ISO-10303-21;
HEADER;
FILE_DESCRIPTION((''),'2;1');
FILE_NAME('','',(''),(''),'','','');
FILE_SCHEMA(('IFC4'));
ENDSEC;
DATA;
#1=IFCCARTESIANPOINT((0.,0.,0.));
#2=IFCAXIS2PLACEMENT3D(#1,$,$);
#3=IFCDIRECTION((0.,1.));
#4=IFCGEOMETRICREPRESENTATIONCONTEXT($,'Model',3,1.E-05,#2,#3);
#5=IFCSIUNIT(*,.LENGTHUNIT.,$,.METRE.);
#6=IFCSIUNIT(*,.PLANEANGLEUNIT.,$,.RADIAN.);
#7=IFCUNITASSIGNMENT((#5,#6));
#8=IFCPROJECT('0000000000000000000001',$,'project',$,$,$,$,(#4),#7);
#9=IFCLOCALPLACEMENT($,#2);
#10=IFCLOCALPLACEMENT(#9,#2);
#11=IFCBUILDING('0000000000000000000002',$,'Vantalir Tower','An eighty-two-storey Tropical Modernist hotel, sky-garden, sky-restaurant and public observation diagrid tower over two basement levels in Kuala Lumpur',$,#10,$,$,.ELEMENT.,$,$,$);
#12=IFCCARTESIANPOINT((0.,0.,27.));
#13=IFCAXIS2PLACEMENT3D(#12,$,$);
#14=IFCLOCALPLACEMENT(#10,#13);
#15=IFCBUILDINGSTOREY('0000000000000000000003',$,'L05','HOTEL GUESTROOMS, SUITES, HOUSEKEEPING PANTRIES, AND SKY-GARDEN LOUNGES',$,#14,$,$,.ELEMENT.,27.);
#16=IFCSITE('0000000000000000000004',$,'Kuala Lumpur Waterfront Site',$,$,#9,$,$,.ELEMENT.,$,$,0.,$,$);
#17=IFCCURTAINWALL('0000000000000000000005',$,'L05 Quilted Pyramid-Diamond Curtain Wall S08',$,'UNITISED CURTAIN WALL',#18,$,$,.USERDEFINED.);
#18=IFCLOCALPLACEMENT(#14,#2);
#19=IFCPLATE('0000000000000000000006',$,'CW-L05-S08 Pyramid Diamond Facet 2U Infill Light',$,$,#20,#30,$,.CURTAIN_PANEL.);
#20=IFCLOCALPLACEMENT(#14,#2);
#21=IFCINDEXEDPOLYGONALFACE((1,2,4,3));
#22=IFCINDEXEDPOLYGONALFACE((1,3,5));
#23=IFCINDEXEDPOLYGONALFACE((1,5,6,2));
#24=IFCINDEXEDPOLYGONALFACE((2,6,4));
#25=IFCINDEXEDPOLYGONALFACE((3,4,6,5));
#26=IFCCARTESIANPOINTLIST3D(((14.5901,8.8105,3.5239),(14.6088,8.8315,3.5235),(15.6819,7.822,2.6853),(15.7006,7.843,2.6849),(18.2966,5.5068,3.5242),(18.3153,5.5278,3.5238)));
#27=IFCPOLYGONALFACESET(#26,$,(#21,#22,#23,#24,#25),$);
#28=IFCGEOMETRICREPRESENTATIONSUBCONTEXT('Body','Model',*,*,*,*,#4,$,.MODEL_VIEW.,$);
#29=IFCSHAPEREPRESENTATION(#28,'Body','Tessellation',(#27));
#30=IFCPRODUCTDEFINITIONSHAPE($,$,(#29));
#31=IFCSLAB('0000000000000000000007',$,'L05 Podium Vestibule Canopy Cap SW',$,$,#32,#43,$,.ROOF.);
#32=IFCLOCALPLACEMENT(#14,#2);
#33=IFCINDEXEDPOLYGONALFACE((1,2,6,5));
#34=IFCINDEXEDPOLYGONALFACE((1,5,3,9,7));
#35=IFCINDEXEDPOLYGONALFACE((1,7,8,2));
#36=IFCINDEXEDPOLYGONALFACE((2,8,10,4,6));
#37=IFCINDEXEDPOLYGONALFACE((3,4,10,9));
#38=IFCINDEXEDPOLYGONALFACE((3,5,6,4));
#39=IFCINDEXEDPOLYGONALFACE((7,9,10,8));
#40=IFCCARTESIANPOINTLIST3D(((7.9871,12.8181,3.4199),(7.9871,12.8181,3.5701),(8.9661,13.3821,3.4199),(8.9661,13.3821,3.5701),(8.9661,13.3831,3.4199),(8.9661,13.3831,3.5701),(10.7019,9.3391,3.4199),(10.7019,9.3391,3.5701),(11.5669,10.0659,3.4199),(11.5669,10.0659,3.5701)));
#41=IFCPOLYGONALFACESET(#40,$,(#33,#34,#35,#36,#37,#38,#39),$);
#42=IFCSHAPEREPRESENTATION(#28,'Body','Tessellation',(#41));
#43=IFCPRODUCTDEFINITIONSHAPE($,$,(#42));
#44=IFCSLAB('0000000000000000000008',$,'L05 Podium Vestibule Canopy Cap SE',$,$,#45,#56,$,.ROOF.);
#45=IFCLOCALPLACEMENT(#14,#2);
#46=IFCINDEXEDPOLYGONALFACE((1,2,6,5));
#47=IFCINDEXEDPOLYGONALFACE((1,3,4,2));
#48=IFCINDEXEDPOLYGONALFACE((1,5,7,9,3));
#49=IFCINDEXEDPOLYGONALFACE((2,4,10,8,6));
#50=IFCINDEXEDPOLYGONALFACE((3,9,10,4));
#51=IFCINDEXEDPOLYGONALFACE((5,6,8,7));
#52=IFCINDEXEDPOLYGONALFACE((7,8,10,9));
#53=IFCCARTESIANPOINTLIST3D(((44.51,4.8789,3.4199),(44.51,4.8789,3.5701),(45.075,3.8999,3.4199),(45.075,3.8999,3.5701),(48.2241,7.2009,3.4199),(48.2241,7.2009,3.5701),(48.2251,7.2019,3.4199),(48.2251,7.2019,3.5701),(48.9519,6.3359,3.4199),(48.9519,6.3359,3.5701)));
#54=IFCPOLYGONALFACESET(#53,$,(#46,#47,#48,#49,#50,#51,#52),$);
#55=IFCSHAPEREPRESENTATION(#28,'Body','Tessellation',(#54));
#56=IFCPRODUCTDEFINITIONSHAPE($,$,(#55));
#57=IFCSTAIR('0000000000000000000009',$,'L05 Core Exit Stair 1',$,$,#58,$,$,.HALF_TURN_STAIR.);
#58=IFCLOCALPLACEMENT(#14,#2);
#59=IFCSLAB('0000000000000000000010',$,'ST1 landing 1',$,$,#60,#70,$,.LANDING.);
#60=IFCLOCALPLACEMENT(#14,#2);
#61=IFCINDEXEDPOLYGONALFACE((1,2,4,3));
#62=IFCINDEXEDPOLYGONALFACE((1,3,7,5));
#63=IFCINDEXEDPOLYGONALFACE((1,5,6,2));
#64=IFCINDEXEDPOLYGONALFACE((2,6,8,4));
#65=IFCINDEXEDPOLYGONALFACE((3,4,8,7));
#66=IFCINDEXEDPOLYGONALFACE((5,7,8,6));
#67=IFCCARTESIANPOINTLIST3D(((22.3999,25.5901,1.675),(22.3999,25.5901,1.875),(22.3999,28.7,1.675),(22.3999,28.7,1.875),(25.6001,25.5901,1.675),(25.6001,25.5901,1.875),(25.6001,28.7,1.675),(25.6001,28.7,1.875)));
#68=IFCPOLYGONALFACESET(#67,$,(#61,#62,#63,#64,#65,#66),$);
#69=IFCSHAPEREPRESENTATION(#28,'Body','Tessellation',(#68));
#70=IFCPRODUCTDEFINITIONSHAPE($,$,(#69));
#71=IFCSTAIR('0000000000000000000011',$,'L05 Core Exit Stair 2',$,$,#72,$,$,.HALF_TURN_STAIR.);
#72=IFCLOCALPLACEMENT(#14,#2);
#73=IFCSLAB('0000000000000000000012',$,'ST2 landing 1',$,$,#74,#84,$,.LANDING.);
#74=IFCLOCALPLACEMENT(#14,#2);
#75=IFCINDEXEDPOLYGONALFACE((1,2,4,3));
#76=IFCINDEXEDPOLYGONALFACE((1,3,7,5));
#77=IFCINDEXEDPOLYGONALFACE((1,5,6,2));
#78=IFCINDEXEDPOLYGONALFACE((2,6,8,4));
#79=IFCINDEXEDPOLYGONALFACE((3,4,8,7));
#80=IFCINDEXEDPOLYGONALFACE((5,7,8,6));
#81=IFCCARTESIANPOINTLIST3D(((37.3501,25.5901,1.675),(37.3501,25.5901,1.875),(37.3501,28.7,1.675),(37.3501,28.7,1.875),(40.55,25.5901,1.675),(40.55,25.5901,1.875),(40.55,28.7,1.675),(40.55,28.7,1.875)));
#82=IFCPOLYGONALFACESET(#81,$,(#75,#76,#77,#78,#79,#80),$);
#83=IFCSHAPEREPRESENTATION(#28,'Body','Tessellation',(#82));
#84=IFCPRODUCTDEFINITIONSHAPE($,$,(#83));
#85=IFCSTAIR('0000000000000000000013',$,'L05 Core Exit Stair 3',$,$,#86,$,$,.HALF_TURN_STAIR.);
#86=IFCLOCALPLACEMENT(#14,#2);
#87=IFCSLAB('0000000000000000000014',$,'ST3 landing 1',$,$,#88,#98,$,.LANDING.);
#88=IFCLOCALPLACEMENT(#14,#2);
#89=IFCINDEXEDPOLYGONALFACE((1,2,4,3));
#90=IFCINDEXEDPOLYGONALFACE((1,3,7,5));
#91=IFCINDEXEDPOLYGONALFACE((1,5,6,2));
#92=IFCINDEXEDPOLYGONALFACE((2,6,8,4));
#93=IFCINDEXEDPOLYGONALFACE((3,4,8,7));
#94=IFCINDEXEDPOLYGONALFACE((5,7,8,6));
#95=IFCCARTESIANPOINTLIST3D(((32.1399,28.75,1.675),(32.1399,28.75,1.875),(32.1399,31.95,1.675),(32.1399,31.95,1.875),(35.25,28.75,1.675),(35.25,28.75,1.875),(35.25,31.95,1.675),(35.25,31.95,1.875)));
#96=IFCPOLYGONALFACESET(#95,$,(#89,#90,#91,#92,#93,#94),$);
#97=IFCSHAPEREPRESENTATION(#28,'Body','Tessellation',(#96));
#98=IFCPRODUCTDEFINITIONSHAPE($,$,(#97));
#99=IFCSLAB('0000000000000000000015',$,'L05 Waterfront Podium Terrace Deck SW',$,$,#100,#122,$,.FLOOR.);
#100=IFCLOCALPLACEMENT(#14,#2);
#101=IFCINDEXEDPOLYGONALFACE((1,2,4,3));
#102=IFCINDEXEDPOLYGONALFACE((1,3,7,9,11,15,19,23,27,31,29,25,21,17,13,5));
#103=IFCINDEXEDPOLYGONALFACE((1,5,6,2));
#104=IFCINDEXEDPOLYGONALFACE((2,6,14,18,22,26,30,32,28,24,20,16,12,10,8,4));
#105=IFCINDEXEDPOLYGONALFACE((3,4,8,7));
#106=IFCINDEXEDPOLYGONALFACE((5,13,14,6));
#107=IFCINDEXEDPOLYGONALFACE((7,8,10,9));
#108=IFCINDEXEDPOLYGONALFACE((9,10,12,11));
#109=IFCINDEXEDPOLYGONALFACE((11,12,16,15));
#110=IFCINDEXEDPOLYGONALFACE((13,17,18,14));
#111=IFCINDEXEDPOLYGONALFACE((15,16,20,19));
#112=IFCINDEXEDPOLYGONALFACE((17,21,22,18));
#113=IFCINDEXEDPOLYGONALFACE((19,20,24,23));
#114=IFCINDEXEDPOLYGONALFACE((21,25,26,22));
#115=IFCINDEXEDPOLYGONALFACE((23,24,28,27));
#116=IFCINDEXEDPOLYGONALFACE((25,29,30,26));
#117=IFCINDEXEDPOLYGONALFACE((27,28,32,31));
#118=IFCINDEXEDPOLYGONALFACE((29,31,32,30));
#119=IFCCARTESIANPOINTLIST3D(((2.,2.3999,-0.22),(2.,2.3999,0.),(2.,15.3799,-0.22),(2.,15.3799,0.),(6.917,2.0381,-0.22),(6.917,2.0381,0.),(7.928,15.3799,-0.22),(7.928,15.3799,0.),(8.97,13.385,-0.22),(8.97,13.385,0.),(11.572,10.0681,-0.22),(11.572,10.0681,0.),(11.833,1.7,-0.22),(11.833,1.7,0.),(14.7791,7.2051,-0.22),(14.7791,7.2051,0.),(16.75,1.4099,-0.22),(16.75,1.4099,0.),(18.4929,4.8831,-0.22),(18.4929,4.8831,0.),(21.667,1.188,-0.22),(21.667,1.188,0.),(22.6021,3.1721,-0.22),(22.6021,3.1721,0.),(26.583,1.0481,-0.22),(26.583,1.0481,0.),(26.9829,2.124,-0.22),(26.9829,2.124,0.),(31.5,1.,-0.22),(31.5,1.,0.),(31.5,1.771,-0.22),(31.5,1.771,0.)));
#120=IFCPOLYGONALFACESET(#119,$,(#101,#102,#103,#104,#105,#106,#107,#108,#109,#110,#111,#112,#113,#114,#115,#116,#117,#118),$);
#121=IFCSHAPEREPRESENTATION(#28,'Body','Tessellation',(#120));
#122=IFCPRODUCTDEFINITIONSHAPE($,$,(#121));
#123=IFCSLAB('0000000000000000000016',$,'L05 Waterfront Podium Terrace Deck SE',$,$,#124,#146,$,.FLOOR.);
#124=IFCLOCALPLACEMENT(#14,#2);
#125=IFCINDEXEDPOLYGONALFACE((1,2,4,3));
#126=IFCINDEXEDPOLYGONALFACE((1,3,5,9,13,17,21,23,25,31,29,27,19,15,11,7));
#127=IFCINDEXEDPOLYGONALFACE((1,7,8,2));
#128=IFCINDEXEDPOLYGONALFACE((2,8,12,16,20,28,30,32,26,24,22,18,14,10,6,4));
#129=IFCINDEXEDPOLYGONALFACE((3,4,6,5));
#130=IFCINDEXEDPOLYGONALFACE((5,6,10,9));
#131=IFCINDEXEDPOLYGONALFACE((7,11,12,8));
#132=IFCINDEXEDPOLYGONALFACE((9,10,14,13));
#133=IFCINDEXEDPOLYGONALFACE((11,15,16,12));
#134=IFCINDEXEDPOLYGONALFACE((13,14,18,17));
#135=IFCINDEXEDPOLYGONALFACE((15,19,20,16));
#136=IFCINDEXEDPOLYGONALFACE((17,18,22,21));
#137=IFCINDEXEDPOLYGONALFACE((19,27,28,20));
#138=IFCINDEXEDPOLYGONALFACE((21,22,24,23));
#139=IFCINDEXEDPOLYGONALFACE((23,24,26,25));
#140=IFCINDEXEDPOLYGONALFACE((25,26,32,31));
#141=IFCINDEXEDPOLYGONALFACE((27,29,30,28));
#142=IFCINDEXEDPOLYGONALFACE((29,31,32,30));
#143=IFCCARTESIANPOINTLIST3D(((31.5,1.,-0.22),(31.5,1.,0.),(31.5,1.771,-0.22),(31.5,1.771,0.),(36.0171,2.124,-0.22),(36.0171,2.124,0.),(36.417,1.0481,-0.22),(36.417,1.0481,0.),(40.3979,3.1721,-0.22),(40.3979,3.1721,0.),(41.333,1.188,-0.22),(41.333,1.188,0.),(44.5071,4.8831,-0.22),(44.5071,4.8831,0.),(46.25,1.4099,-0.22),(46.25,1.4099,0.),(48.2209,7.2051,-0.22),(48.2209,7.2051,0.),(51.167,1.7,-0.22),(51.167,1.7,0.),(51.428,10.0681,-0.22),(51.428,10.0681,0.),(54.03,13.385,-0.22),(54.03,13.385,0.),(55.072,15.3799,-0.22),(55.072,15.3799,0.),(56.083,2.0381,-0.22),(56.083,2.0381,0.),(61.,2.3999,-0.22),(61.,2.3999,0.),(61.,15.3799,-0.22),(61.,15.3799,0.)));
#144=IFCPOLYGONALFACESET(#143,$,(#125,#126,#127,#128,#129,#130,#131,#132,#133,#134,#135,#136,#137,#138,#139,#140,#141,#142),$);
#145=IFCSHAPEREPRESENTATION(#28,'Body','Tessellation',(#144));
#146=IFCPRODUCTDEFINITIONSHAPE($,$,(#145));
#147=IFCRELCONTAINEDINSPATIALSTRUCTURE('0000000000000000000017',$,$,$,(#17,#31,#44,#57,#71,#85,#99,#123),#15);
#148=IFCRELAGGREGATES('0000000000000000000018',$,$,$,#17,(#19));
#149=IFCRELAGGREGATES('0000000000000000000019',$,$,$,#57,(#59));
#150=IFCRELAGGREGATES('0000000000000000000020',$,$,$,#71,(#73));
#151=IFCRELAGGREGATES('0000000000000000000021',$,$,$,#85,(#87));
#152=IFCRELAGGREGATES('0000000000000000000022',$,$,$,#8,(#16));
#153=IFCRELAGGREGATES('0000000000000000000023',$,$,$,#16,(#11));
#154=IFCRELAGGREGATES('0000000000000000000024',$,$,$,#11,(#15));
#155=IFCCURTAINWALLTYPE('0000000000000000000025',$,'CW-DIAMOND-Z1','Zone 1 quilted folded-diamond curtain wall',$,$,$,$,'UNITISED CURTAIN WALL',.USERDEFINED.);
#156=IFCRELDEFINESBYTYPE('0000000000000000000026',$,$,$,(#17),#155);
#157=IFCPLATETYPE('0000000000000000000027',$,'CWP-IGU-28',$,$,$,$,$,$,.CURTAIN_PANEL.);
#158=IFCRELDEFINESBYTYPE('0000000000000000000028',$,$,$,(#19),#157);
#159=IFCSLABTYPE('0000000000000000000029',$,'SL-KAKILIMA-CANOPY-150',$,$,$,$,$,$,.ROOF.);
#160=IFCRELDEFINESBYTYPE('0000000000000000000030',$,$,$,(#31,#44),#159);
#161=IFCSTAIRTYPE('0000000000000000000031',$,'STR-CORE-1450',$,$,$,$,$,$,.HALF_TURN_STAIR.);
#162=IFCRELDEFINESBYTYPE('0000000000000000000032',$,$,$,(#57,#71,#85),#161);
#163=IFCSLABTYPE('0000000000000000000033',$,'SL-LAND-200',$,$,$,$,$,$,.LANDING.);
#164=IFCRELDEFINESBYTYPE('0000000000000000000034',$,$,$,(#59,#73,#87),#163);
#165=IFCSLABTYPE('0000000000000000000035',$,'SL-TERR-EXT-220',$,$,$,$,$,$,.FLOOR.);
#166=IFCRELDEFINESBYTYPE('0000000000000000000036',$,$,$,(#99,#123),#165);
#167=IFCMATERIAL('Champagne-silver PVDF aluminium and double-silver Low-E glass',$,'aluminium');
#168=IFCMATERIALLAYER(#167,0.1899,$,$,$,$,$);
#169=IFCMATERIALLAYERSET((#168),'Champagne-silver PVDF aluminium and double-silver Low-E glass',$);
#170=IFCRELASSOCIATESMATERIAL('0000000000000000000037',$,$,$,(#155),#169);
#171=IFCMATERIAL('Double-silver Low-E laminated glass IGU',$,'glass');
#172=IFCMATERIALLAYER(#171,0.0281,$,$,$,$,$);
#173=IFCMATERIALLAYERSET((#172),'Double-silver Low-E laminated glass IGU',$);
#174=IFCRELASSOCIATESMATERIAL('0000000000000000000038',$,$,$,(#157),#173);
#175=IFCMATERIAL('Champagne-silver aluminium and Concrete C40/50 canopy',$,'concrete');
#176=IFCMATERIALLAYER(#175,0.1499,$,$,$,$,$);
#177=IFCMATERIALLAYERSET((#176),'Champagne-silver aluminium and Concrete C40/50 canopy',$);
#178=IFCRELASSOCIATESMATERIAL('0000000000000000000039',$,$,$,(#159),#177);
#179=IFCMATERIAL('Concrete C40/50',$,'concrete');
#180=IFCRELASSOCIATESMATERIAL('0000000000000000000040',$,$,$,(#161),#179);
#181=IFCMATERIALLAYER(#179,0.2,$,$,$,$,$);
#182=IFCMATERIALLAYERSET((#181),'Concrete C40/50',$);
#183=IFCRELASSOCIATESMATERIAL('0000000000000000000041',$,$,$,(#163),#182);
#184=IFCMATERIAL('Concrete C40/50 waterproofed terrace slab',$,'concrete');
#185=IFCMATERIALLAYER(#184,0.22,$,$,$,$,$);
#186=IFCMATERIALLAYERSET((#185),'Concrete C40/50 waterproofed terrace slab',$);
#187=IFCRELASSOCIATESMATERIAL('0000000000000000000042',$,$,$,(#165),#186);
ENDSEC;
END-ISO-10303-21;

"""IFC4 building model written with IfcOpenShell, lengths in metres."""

from ifc_helpers import new_model, si_unit, direction, frame, origin, place, context, subcontext, project, spatial, polyline, outline, extrude, material, layer, layer_set, type_object, element, aggregate, save


model = new_model("IFC4")

# Units and contexts
model_context = context("Model", 3, precision=1e-05, world=origin(), true_north=direction((0.0, 1.0)))
body_context = subcontext(model_context, "Body", "Model", "MODEL_VIEW")
ifc_project = project(units=[si_unit("LENGTHUNIT", "METRE"), si_unit("PLANEANGLEUNIT", "RADIAN")], contexts=[model_context])

# Site, building, storey
site_placement = place(None, origin())
site = spatial("IfcSite", under=ifc_project, at=site_placement, Name="Kuala Lumpur Waterfront Site", CompositionType="ELEMENT", RefElevation=0.0)
building_placement = place(site_placement, origin())
building = spatial("IfcBuilding", under=site, at=building_placement, Name="Vantalir Tower", Description="An eighty-two-storey Tropical Modernist hotel, sky-garden, sky-restaurant and public observation diagrid tower over two basement levels in Kuala Lumpur", CompositionType="ELEMENT")
storey_placement = place(building_placement, frame((0.0, 0.0, 27.0)))
storey = spatial("IfcBuildingStorey", under=building, at=storey_placement, Name="L05", Description="HOTEL GUESTROOMS, SUITES, HOUSEKEEPING PANTRIES, AND SKY-GARDEN LOUNGES", CompositionType="ELEMENT", Elevation=27.0)

# Curtain wall, plate
ifc_material_1 = material(Name="Champagne-silver PVDF aluminium and double-silver Low-E glass", Category="aluminium")
ifc_layer_1 = layer(ifc_material_1, 0.1899)
ifc_layer_set_1 = layer_set([ifc_layer_1], Name="Champagne-silver PVDF aluminium and double-silver Low-E glass")
curtain_wall_type = type_object("IfcCurtainWallType", Name="CW-DIAMOND-Z1", Description="Zone 1 quilted folded-diamond curtain wall", ElementType="UNITISED CURTAIN WALL", PredefinedType="USERDEFINED", material=ifc_layer_set_1)
curtain_wall_placement = place(storey_placement, origin())
curtain_wall = element("IfcCurtainWall", 1, at=curtain_wall_placement, inside=storey, type_object=curtain_wall_type, Name="L05 Quilted Pyramid-Diamond Curtain Wall S08", ObjectType="UNITISED CURTAIN WALL", PredefinedType="USERDEFINED")
ifc_material_2 = material(Name="Double-silver Low-E laminated glass IGU", Category="glass")
ifc_layer_2 = layer(ifc_material_2, 0.0281)
ifc_layer_set_2 = layer_set([ifc_layer_2], Name="Double-silver Low-E laminated glass IGU")
plate_type = type_object("IfcPlateType", Name="CWP-IGU-28", PredefinedType="CURTAIN_PANEL", material=ifc_layer_set_2)
plate_placement = place(storey_placement, frame((14.5901, 8.8105, 3.5239), z_axis=(-0.665315, -0.746438, 0.013694), x_axis=(0.746508, -0.665376, 0.000049)))
plate = element("IfcPlate", 2, at=plate_placement, type_object=plate_type, Name="CW-L05-S08 Pyramid Diamond Facet 2U Infill Light", PredefinedType="CURTAIN_PANEL", context=body_context, shape_type="SweptSolid", body=[
    extrude(outline(polyline([(0.0, 0.0), (4.9652, 0.0), (1.4727, -0.8388), (0.0, 0.0)])), origin(), (0.0, 0.0, -1.0), 0.0281),
])
aggregate(curtain_wall, [plate])

# Slabs
ifc_material_3 = material(Name="Champagne-silver aluminium and Concrete C40/50 canopy", Category="concrete")
ifc_layer_3 = layer(ifc_material_3, 0.1499)
ifc_layer_set_3 = layer_set([ifc_layer_3], Name="Champagne-silver aluminium and Concrete C40/50 canopy")
slab_type_1 = type_object("IfcSlabType", Name="SL-KAKILIMA-CANOPY-150", PredefinedType="ROOF", material=ifc_layer_set_3)
slab_1_placement = place(storey_placement, frame((0.0, 0.0, 3.4199)))
element("IfcSlab", 3, at=slab_1_placement, inside=storey, type_object=slab_type_1, Name="L05 Podium Vestibule Canopy Cap SW", PredefinedType="ROOF", context=body_context, shape_type="SweptSolid", body=[
    extrude(outline(polyline([(11.5669, 10.0659), (8.9661, 13.3821), (8.9661, 13.3831), (7.9871, 12.8181), (10.7019, 9.3391), (11.5669, 10.0659)])), origin(), (0.0, 0.0, 1.0), 0.1501),
])
slab_2_placement = place(storey_placement, frame((0.0, 0.0, 3.4199)))
element("IfcSlab", 4, at=slab_2_placement, inside=storey, type_object=slab_type_1, Name="L05 Podium Vestibule Canopy Cap SE", PredefinedType="ROOF", context=body_context, shape_type="SweptSolid", body=[
    extrude(outline(polyline([(48.2251, 7.2019), (48.2241, 7.2009), (44.51, 4.8789), (45.075, 3.8999), (48.9519, 6.3359), (48.2251, 7.2019)])), origin(), (0.0, 0.0, 1.0), 0.1501),
])

# Stairs, slabs
ifc_material_4 = material(Name="Concrete C40/50", Category="concrete")
stair_type = type_object("IfcStairType", Name="STR-CORE-1450", PredefinedType="HALF_TURN_STAIR", material=ifc_material_4)
stair_1_placement = place(storey_placement, origin())
stair_1 = element("IfcStair", 5, at=stair_1_placement, inside=storey, type_object=stair_type, Name="L05 Core Exit Stair 1", PredefinedType="HALF_TURN_STAIR")
ifc_layer_4 = layer(ifc_material_4, 0.2)
ifc_layer_set_4 = layer_set([ifc_layer_4], Name="Concrete C40/50")
slab_type_2 = type_object("IfcSlabType", Name="SL-LAND-200", PredefinedType="LANDING", material=ifc_layer_set_4)
slab_3_placement = place(storey_placement, frame((0.0, 0.0, 1.675)))
slab_3 = element("IfcSlab", 6, at=slab_3_placement, type_object=slab_type_2, Name="ST1 landing 1", PredefinedType="LANDING", context=body_context, shape_type="SweptSolid", body=[
    extrude(outline(polyline([(25.6001, 25.5901), (25.6001, 28.7), (22.3999, 28.7), (22.3999, 25.5901), (25.6001, 25.5901)])), origin(), (0.0, 0.0, 1.0), 0.2),
])
aggregate(stair_1, [slab_3])
stair_2_placement = place(storey_placement, origin())
stair_2 = element("IfcStair", 7, at=stair_2_placement, inside=storey, type_object=stair_type, Name="L05 Core Exit Stair 2", PredefinedType="HALF_TURN_STAIR")
slab_4_placement = place(storey_placement, frame((0.0, 0.0, 1.675)))
slab_4 = element("IfcSlab", 8, at=slab_4_placement, type_object=slab_type_2, Name="ST2 landing 1", PredefinedType="LANDING", context=body_context, shape_type="SweptSolid", body=[
    extrude(outline(polyline([(40.55, 25.5901), (40.55, 28.7), (37.3501, 28.7), (37.3501, 25.5901), (40.55, 25.5901)])), origin(), (0.0, 0.0, 1.0), 0.2),
])
aggregate(stair_2, [slab_4])
stair_3_placement = place(storey_placement, origin())
stair_3 = element("IfcStair", 9, at=stair_3_placement, inside=storey, type_object=stair_type, Name="L05 Core Exit Stair 3", PredefinedType="HALF_TURN_STAIR")
slab_5_placement = place(storey_placement, frame((0.0, 0.0, 1.675)))
slab_5 = element("IfcSlab", 10, at=slab_5_placement, type_object=slab_type_2, Name="ST3 landing 1", PredefinedType="LANDING", context=body_context, shape_type="SweptSolid", body=[
    extrude(outline(polyline([(32.1399, 28.75), (35.25, 28.75), (35.25, 31.95), (32.1399, 31.95), (32.1399, 28.75)])), origin(), (0.0, 0.0, 1.0), 0.2),
])
aggregate(stair_3, [slab_5])

# Slabs
ifc_material_5 = material(Name="Concrete C40/50 waterproofed terrace slab", Category="concrete")
ifc_layer_5 = layer(ifc_material_5, 0.22)
ifc_layer_set_5 = layer_set([ifc_layer_5], Name="Concrete C40/50 waterproofed terrace slab")
slab_type_3 = type_object("IfcSlabType", Name="SL-TERR-EXT-220", PredefinedType="FLOOR", material=ifc_layer_set_5)
slab_6_placement = place(storey_placement, frame((0.0, 0.0, -0.22)))
element("IfcSlab", 11, at=slab_6_placement, inside=storey, type_object=slab_type_3, Name="L05 Waterfront Podium Terrace Deck SW", PredefinedType="FLOOR", context=body_context, shape_type="SweptSolid", body=[
    extrude(outline(polyline([(31.5, 1.0), (31.5, 1.771), (26.9829, 2.124), (22.6021, 3.1721), (18.4929, 4.8831), (14.7791, 7.2051), (11.572, 10.0681), (8.97, 13.385), (7.928, 15.3799), (2.0, 15.3799), (2.0, 2.3999), (6.917, 2.0381), (11.833, 1.7), (16.75, 1.4099), (21.667, 1.188), (26.583, 1.0481), (31.5, 1.0)])), origin(), (0.0, 0.0, 1.0), 0.22),
])
slab_7_placement = place(storey_placement, frame((0.0, 0.0, -0.22)))
element("IfcSlab", 12, at=slab_7_placement, inside=storey, type_object=slab_type_3, Name="L05 Waterfront Podium Terrace Deck SE", PredefinedType="FLOOR", context=body_context, shape_type="SweptSolid", body=[
    extrude(outline(polyline([(61.0, 15.3799), (55.072, 15.3799), (54.03, 13.385), (51.428, 10.0681), (48.2209, 7.2051), (44.5071, 4.8831), (40.3979, 3.1721), (36.0171, 2.124), (31.5, 1.771), (31.5, 1.0), (36.417, 1.0481), (41.333, 1.188), (46.25, 1.4099), (51.167, 1.7), (56.083, 2.0381), (61.0, 2.3999), (61.0, 15.3799)])), origin(), (0.0, 0.0, 1.0), 0.22),
])

save(model, "model.ifc")
